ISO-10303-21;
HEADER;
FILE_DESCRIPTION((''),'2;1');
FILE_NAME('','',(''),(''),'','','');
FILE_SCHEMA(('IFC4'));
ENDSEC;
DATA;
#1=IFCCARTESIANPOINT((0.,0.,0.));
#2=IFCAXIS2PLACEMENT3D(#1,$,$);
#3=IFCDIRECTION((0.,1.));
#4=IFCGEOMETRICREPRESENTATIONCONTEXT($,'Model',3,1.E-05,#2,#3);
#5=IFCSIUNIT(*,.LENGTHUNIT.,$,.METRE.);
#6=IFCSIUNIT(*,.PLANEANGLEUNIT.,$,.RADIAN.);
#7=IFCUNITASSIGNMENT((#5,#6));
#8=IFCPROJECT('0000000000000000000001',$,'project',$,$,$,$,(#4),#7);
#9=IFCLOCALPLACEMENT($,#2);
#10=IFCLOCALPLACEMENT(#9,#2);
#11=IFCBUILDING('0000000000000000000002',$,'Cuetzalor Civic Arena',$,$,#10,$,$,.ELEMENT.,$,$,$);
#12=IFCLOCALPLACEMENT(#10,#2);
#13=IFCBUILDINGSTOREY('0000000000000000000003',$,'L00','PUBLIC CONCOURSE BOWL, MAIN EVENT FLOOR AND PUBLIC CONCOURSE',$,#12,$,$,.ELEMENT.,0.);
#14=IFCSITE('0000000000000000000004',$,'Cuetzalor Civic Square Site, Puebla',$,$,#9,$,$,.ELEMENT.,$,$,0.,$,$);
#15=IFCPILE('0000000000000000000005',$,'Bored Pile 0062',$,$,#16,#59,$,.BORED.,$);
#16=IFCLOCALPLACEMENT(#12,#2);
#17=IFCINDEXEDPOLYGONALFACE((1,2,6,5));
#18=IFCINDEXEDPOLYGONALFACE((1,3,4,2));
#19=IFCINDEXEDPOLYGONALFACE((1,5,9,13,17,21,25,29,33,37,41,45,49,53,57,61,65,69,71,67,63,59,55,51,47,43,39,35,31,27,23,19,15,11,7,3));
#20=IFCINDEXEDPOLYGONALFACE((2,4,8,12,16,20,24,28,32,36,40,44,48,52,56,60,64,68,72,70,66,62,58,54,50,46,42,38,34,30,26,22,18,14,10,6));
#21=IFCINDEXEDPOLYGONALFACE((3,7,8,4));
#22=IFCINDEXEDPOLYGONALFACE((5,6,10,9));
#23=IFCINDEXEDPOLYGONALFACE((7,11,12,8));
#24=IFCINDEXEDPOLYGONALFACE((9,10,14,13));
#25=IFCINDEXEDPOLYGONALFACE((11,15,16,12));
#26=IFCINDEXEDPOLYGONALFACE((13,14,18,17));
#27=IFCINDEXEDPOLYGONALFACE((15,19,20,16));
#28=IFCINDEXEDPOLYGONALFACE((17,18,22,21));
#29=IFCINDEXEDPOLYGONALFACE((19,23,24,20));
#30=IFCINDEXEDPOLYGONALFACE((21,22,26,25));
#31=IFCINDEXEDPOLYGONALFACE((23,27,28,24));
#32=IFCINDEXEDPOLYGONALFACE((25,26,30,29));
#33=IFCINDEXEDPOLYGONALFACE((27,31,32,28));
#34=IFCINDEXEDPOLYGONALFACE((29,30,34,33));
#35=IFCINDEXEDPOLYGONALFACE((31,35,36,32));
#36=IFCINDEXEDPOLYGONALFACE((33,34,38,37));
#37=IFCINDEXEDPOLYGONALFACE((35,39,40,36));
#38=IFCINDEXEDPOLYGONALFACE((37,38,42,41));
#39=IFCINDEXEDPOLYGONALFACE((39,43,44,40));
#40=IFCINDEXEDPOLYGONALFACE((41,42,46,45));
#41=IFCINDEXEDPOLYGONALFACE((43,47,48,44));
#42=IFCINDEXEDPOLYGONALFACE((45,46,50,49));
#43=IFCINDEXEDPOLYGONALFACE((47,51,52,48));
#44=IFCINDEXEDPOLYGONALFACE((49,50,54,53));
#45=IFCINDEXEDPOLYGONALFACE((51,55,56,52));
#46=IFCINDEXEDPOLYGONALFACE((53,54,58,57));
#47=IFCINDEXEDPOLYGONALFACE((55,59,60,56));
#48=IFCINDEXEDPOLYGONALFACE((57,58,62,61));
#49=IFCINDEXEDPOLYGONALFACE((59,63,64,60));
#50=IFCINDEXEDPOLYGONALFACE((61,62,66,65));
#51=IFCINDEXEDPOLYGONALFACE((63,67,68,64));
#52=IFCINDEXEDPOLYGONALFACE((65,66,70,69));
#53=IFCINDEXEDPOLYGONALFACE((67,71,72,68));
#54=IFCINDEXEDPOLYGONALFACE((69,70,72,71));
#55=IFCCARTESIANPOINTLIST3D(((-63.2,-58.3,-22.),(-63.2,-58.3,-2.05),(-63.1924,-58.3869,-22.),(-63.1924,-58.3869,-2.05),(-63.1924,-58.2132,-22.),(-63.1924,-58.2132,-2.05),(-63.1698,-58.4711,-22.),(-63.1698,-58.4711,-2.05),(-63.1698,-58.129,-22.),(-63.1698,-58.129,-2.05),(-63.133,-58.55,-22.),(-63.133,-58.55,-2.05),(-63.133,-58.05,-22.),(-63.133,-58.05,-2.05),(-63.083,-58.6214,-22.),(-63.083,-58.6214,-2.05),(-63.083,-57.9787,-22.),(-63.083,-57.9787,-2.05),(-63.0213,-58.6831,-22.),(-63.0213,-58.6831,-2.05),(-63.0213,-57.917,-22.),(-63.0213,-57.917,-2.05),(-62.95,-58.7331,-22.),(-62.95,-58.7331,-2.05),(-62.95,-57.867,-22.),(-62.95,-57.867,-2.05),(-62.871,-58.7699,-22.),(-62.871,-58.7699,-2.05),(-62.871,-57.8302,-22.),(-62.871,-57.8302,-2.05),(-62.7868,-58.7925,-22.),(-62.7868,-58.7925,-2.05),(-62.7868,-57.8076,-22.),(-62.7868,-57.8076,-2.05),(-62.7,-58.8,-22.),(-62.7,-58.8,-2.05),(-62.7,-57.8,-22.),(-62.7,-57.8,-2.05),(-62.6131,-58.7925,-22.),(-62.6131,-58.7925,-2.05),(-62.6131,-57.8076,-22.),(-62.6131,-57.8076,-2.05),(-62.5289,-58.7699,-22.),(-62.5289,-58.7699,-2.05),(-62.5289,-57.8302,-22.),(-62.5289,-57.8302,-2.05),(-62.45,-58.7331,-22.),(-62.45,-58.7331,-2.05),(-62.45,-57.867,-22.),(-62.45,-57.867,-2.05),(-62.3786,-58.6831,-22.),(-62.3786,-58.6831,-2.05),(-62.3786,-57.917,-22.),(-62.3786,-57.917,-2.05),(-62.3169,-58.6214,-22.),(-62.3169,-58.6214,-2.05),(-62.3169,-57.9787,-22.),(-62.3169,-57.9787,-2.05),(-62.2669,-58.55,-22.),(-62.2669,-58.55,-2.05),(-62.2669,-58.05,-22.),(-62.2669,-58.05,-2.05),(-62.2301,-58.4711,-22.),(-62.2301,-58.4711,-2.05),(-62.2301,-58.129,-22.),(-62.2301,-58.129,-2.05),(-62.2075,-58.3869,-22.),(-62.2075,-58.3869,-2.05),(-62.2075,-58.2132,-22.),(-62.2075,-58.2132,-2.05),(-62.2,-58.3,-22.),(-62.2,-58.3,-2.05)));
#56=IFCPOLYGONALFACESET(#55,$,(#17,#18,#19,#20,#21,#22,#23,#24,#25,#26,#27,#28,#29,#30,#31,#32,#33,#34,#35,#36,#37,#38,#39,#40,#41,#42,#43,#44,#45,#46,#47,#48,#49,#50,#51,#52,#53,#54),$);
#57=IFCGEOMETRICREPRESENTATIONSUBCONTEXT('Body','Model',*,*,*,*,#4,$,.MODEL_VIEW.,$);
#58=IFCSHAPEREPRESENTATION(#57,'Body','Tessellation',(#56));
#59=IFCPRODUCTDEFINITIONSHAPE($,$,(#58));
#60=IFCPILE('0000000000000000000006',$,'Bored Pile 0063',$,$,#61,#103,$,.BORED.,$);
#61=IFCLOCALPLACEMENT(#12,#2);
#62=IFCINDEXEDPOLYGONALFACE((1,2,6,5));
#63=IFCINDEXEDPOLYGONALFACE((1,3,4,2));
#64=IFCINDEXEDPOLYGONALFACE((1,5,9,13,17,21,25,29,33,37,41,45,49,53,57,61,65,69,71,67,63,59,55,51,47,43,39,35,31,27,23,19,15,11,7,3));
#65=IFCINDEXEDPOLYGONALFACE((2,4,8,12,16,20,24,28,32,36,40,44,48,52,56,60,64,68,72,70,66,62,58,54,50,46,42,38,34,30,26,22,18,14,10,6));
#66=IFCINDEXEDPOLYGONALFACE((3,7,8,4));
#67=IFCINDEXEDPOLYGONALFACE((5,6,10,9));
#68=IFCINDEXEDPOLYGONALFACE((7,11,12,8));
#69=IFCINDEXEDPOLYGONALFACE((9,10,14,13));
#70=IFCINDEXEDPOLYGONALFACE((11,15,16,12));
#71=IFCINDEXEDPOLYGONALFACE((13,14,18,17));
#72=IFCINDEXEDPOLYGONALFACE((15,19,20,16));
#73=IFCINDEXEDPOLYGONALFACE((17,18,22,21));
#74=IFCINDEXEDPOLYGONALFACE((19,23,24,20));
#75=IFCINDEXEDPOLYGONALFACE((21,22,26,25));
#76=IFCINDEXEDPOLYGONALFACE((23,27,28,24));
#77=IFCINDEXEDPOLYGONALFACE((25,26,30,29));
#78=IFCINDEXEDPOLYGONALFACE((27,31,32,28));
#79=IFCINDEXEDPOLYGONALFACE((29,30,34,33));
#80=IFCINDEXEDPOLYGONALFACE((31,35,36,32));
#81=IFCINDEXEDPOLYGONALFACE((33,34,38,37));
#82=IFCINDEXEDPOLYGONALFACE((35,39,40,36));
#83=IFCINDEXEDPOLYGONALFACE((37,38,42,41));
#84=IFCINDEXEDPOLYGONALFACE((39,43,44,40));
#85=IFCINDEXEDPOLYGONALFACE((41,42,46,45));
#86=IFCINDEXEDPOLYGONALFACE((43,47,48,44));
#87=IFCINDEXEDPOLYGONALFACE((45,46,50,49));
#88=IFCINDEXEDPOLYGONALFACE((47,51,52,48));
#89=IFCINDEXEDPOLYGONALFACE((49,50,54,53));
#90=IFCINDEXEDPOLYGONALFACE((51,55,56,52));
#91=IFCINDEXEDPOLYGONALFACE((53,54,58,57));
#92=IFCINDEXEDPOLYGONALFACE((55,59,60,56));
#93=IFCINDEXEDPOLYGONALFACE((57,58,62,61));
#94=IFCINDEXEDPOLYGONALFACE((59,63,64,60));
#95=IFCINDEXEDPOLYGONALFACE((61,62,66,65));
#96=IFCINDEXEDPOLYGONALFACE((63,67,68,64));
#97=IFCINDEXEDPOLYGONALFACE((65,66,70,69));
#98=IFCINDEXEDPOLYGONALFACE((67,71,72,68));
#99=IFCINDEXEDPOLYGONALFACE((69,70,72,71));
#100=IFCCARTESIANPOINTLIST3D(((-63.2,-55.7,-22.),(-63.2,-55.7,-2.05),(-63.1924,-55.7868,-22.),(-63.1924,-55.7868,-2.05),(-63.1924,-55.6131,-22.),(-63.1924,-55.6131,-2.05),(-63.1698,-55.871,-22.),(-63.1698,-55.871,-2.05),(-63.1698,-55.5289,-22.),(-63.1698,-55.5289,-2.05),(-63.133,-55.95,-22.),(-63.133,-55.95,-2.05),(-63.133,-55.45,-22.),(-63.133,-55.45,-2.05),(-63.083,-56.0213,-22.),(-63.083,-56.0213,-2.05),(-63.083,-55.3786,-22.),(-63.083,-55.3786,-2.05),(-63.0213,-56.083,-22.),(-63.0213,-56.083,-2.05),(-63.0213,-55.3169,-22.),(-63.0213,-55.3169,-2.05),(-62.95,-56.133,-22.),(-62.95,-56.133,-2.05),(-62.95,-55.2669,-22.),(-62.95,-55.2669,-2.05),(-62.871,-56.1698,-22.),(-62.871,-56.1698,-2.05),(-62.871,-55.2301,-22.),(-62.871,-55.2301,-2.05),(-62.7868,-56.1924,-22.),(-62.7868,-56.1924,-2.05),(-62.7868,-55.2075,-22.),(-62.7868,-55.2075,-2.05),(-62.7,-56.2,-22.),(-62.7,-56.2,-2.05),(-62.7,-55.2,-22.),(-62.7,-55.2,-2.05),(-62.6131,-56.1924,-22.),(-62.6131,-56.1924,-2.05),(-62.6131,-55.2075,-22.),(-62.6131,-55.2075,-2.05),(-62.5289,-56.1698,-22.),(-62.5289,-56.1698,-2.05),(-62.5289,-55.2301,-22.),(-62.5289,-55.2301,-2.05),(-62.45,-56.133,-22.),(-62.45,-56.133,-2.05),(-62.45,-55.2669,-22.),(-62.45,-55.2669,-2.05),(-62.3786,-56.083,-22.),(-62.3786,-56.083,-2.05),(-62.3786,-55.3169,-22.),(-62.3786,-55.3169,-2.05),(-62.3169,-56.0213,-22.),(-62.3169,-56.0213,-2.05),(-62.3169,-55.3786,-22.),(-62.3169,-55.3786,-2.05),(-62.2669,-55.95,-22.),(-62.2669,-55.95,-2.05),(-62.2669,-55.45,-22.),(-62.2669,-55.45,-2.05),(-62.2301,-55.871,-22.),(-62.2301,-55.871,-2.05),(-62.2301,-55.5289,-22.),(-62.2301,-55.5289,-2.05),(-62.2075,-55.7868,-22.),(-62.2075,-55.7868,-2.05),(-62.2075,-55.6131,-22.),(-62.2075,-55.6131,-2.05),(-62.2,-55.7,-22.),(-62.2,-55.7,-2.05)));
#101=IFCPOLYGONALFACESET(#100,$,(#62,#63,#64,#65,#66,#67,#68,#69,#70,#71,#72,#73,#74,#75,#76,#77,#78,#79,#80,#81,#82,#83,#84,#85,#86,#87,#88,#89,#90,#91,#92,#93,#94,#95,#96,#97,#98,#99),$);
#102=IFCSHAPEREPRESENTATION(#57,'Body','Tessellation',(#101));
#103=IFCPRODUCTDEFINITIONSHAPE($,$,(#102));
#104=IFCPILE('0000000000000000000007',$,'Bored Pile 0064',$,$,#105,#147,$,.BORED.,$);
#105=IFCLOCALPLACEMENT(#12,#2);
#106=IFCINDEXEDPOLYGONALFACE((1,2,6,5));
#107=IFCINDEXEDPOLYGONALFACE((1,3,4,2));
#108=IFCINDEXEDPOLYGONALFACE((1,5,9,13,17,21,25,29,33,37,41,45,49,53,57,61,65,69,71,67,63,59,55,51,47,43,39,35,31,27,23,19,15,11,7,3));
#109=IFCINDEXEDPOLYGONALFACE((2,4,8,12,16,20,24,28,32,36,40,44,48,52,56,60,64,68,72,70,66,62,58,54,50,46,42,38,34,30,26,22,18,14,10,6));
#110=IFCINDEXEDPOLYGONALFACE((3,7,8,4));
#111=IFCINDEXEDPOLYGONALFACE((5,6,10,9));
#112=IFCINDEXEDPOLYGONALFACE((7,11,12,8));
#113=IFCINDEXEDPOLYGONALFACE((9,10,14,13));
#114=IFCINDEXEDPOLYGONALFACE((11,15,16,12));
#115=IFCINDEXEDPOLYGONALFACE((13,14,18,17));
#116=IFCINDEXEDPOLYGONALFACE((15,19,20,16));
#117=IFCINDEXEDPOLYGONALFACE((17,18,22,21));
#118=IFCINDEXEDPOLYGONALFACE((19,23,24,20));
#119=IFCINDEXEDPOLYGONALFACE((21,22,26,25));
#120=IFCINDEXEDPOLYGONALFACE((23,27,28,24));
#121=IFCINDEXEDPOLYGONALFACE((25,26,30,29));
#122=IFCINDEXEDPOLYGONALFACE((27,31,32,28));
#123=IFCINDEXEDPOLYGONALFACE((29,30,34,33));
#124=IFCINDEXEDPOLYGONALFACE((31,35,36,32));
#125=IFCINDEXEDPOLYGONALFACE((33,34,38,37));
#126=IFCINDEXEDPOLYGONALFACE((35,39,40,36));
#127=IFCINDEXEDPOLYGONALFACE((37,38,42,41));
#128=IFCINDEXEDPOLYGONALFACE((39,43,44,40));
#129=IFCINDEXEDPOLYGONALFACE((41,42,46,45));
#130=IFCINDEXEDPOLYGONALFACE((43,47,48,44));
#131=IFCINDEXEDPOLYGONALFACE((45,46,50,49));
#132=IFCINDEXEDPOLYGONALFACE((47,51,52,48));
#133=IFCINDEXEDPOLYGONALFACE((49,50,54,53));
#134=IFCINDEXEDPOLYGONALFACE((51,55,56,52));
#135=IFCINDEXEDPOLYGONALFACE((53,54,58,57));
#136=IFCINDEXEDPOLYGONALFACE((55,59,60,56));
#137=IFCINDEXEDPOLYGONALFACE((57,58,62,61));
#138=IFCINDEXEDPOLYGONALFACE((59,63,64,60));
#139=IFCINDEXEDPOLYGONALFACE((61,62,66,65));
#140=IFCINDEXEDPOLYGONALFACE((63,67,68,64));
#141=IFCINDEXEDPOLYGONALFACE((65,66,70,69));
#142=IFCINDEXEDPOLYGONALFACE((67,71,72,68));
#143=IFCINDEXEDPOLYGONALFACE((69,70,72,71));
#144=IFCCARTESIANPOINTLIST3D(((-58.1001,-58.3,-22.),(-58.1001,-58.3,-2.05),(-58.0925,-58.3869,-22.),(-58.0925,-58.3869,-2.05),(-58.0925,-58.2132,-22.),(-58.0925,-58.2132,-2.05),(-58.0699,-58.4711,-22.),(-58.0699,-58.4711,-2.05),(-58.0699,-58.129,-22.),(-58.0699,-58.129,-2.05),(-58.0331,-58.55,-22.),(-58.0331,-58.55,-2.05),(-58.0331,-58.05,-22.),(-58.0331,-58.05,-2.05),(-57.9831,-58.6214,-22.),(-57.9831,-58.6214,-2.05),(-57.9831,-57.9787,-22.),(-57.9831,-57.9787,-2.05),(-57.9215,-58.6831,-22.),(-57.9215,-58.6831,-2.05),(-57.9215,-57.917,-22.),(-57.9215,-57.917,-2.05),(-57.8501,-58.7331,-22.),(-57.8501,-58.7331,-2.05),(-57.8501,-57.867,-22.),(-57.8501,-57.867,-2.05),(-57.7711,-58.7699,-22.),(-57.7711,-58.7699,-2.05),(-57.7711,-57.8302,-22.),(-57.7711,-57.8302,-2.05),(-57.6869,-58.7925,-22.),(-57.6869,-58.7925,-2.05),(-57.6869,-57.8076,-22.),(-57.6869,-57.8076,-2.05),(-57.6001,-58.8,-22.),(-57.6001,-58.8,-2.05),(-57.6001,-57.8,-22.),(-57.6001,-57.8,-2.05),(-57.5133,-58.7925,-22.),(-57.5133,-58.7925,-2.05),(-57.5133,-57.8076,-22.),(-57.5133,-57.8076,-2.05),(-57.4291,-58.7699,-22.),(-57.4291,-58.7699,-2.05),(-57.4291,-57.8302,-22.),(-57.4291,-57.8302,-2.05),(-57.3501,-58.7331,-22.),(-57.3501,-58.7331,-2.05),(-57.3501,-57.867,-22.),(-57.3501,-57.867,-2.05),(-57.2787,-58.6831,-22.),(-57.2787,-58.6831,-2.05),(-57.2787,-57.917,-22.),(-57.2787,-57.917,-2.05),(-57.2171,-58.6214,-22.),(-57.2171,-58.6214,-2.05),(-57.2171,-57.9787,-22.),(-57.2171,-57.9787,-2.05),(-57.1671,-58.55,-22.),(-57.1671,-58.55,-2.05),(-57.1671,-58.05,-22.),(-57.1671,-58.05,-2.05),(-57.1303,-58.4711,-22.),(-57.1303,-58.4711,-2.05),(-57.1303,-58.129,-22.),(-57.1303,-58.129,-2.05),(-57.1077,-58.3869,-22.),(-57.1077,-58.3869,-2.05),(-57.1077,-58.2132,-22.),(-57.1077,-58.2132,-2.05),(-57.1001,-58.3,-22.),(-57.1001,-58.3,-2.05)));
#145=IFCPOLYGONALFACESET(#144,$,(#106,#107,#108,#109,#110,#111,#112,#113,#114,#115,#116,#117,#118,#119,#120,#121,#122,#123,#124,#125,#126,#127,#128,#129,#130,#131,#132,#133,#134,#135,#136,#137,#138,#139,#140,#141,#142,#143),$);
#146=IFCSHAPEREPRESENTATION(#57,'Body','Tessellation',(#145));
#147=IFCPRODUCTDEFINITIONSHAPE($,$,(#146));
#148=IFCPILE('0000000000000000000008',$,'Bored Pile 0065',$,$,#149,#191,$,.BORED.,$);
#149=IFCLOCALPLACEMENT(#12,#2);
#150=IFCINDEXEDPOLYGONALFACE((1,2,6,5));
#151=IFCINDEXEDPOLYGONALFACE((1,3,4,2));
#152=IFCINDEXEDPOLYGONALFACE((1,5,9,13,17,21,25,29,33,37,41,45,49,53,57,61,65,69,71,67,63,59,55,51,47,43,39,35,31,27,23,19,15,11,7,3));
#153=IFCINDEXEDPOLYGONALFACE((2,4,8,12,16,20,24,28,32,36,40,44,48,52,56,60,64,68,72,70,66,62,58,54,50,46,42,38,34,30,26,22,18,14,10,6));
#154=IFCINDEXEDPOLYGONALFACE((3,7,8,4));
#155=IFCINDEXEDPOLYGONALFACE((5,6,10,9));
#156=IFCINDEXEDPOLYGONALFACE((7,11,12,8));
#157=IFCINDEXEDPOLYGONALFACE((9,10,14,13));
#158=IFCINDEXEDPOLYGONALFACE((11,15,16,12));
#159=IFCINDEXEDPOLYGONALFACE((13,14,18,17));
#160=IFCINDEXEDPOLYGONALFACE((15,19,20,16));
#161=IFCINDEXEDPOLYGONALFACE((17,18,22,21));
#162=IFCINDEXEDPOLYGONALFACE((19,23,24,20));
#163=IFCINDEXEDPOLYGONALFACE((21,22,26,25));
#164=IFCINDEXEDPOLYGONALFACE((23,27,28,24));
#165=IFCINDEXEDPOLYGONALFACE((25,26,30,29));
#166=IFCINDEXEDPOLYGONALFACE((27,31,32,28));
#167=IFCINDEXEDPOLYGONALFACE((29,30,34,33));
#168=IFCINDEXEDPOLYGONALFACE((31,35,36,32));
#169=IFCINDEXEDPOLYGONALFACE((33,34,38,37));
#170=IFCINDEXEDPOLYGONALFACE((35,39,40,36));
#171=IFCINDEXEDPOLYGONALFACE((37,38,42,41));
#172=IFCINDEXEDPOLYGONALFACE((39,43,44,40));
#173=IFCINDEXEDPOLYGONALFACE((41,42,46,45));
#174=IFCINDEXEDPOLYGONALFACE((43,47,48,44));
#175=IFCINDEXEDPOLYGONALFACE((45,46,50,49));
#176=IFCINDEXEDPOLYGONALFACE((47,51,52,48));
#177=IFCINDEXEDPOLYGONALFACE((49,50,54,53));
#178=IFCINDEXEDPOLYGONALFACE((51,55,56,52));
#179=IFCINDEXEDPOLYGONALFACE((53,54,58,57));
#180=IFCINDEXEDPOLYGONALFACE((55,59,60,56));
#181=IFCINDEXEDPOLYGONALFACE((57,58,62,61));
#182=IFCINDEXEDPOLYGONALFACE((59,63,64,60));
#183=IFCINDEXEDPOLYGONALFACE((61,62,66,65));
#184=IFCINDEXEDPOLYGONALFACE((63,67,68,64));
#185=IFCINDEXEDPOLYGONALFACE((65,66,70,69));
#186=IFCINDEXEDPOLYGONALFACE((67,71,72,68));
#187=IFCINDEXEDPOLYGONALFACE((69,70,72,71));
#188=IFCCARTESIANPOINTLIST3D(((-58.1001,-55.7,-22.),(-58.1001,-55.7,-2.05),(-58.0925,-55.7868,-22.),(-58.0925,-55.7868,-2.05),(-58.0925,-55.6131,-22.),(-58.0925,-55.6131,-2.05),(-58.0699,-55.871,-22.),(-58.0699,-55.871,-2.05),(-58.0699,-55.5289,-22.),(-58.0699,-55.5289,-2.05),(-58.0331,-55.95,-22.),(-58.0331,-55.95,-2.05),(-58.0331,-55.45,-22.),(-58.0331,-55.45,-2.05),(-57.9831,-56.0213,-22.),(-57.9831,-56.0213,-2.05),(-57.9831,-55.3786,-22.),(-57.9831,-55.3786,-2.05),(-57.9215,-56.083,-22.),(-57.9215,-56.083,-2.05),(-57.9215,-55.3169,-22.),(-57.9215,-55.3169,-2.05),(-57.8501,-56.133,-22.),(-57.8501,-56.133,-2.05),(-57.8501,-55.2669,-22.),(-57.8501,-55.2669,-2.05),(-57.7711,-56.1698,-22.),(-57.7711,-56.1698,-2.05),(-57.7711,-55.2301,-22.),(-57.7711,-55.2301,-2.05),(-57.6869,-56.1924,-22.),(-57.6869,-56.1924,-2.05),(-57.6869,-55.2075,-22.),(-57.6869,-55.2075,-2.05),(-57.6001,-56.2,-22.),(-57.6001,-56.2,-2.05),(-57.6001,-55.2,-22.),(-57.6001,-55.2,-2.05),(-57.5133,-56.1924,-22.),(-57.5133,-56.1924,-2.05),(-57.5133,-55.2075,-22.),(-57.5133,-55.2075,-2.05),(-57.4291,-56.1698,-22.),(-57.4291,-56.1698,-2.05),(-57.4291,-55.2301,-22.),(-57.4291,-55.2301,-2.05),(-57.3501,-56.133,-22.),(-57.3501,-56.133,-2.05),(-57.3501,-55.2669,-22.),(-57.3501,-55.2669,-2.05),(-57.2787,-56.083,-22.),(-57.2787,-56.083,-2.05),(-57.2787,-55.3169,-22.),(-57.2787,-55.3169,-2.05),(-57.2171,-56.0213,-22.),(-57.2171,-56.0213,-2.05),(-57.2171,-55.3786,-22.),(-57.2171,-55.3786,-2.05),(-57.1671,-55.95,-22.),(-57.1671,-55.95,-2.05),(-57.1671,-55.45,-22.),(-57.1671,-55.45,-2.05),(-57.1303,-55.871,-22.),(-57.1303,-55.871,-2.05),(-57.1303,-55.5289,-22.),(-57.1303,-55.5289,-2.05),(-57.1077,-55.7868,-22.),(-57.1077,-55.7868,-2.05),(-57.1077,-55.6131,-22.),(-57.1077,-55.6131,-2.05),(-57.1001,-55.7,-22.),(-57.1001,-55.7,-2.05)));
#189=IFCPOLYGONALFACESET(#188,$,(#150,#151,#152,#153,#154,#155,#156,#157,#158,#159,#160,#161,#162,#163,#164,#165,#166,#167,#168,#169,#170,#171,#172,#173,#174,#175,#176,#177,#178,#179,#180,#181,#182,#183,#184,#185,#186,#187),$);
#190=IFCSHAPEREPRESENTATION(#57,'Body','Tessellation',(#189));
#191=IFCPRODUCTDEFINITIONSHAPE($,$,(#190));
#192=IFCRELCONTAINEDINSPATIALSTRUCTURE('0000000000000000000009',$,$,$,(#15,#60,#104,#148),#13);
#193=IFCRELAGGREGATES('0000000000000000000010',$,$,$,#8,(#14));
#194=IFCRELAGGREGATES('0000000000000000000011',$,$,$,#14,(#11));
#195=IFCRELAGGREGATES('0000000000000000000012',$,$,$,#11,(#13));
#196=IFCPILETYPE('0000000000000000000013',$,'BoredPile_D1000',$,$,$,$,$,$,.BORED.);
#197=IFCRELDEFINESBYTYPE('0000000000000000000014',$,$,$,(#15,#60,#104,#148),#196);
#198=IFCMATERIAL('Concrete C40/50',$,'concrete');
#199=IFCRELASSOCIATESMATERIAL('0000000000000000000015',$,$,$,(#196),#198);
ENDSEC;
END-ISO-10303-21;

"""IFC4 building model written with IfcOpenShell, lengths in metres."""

from ifc_helpers import new_model, si_unit, direction, frame, origin, origin_2d, place, context, subcontext, project, spatial, circle, extrude, material, material_profile, profile_set, type_object, element, save


model = new_model("IFC4")

# Units and contexts
model_context = context("Model", 3, precision=1e-05, world=origin(), true_north=direction((0.0, 1.0)))
body_context = subcontext(model_context, "Body", "Model", "MODEL_VIEW")
ifc_project = project(units=[si_unit("LENGTHUNIT", "METRE"), si_unit("PLANEANGLEUNIT", "RADIAN")], contexts=[model_context])

# Site, building, storey
site_placement = place(None, origin())
site = spatial("IfcSite", under=ifc_project, at=site_placement, Name="Cuetzalor Civic Square Site, Puebla", CompositionType="ELEMENT", RefElevation=0.0)
building_placement = place(site_placement, origin())
building = spatial("IfcBuilding", under=site, at=building_placement, Name="Cuetzalor Civic Arena", CompositionType="ELEMENT")
storey_placement = place(building_placement, origin())
storey = spatial("IfcBuildingStorey", under=building, at=storey_placement, Name="L00", Description="PUBLIC CONCOURSE BOWL, MAIN EVENT FLOOR AND PUBLIC CONCOURSE", CompositionType="ELEMENT", Elevation=0.0)

# Piles
ifc_material_1 = material(Name="Concrete C40/50", Category="concrete")
ifc_material_profile_1 = material_profile(ifc_material_1, circle(Radius=0.5, at=origin_2d()), Name="BORED PILE D1000")
ifc_profile_set_1 = profile_set([ifc_material_profile_1], Name="Concrete C40/50")
pile_type = type_object("IfcPileType", Name="BoredPile_D1000", PredefinedType="BORED", material=ifc_profile_set_1)
for number, where, z_axis, x_axis, name in (
    (1, (-62.7, -58.3, -2.05), (0.0, 0.0, -1.0), (1.0, 0.0, 0.0), "Bored Pile 0062"),
    (2, (-62.7, -55.7, -2.05), (0.0, 0.0, -1.0), (1.0, 0.0, 0.0), "Bored Pile 0063"),
    (3, (-57.6001, -58.3, -2.05), (0.0, 0.0, -1.0), (1.0, 0.0, 0.0), "Bored Pile 0064"),
    (4, (-57.6001, -55.7, -2.05), (0.0, 0.0, -1.0), (1.0, 0.0, 0.0), "Bored Pile 0065"),
):
    element("IfcPile", number, at=place(storey_placement, frame(where, z_axis=z_axis, x_axis=x_axis)), inside=storey, type_object=pile_type, Name=name, PredefinedType="BORED", context=body_context, shape_type="SweptSolid", body=[
        extrude(circle(Radius=0.5, at=origin_2d()), origin(), (0.0, 0.0, 1.0), 19.95),
    ])

save(model, "model.ifc")
